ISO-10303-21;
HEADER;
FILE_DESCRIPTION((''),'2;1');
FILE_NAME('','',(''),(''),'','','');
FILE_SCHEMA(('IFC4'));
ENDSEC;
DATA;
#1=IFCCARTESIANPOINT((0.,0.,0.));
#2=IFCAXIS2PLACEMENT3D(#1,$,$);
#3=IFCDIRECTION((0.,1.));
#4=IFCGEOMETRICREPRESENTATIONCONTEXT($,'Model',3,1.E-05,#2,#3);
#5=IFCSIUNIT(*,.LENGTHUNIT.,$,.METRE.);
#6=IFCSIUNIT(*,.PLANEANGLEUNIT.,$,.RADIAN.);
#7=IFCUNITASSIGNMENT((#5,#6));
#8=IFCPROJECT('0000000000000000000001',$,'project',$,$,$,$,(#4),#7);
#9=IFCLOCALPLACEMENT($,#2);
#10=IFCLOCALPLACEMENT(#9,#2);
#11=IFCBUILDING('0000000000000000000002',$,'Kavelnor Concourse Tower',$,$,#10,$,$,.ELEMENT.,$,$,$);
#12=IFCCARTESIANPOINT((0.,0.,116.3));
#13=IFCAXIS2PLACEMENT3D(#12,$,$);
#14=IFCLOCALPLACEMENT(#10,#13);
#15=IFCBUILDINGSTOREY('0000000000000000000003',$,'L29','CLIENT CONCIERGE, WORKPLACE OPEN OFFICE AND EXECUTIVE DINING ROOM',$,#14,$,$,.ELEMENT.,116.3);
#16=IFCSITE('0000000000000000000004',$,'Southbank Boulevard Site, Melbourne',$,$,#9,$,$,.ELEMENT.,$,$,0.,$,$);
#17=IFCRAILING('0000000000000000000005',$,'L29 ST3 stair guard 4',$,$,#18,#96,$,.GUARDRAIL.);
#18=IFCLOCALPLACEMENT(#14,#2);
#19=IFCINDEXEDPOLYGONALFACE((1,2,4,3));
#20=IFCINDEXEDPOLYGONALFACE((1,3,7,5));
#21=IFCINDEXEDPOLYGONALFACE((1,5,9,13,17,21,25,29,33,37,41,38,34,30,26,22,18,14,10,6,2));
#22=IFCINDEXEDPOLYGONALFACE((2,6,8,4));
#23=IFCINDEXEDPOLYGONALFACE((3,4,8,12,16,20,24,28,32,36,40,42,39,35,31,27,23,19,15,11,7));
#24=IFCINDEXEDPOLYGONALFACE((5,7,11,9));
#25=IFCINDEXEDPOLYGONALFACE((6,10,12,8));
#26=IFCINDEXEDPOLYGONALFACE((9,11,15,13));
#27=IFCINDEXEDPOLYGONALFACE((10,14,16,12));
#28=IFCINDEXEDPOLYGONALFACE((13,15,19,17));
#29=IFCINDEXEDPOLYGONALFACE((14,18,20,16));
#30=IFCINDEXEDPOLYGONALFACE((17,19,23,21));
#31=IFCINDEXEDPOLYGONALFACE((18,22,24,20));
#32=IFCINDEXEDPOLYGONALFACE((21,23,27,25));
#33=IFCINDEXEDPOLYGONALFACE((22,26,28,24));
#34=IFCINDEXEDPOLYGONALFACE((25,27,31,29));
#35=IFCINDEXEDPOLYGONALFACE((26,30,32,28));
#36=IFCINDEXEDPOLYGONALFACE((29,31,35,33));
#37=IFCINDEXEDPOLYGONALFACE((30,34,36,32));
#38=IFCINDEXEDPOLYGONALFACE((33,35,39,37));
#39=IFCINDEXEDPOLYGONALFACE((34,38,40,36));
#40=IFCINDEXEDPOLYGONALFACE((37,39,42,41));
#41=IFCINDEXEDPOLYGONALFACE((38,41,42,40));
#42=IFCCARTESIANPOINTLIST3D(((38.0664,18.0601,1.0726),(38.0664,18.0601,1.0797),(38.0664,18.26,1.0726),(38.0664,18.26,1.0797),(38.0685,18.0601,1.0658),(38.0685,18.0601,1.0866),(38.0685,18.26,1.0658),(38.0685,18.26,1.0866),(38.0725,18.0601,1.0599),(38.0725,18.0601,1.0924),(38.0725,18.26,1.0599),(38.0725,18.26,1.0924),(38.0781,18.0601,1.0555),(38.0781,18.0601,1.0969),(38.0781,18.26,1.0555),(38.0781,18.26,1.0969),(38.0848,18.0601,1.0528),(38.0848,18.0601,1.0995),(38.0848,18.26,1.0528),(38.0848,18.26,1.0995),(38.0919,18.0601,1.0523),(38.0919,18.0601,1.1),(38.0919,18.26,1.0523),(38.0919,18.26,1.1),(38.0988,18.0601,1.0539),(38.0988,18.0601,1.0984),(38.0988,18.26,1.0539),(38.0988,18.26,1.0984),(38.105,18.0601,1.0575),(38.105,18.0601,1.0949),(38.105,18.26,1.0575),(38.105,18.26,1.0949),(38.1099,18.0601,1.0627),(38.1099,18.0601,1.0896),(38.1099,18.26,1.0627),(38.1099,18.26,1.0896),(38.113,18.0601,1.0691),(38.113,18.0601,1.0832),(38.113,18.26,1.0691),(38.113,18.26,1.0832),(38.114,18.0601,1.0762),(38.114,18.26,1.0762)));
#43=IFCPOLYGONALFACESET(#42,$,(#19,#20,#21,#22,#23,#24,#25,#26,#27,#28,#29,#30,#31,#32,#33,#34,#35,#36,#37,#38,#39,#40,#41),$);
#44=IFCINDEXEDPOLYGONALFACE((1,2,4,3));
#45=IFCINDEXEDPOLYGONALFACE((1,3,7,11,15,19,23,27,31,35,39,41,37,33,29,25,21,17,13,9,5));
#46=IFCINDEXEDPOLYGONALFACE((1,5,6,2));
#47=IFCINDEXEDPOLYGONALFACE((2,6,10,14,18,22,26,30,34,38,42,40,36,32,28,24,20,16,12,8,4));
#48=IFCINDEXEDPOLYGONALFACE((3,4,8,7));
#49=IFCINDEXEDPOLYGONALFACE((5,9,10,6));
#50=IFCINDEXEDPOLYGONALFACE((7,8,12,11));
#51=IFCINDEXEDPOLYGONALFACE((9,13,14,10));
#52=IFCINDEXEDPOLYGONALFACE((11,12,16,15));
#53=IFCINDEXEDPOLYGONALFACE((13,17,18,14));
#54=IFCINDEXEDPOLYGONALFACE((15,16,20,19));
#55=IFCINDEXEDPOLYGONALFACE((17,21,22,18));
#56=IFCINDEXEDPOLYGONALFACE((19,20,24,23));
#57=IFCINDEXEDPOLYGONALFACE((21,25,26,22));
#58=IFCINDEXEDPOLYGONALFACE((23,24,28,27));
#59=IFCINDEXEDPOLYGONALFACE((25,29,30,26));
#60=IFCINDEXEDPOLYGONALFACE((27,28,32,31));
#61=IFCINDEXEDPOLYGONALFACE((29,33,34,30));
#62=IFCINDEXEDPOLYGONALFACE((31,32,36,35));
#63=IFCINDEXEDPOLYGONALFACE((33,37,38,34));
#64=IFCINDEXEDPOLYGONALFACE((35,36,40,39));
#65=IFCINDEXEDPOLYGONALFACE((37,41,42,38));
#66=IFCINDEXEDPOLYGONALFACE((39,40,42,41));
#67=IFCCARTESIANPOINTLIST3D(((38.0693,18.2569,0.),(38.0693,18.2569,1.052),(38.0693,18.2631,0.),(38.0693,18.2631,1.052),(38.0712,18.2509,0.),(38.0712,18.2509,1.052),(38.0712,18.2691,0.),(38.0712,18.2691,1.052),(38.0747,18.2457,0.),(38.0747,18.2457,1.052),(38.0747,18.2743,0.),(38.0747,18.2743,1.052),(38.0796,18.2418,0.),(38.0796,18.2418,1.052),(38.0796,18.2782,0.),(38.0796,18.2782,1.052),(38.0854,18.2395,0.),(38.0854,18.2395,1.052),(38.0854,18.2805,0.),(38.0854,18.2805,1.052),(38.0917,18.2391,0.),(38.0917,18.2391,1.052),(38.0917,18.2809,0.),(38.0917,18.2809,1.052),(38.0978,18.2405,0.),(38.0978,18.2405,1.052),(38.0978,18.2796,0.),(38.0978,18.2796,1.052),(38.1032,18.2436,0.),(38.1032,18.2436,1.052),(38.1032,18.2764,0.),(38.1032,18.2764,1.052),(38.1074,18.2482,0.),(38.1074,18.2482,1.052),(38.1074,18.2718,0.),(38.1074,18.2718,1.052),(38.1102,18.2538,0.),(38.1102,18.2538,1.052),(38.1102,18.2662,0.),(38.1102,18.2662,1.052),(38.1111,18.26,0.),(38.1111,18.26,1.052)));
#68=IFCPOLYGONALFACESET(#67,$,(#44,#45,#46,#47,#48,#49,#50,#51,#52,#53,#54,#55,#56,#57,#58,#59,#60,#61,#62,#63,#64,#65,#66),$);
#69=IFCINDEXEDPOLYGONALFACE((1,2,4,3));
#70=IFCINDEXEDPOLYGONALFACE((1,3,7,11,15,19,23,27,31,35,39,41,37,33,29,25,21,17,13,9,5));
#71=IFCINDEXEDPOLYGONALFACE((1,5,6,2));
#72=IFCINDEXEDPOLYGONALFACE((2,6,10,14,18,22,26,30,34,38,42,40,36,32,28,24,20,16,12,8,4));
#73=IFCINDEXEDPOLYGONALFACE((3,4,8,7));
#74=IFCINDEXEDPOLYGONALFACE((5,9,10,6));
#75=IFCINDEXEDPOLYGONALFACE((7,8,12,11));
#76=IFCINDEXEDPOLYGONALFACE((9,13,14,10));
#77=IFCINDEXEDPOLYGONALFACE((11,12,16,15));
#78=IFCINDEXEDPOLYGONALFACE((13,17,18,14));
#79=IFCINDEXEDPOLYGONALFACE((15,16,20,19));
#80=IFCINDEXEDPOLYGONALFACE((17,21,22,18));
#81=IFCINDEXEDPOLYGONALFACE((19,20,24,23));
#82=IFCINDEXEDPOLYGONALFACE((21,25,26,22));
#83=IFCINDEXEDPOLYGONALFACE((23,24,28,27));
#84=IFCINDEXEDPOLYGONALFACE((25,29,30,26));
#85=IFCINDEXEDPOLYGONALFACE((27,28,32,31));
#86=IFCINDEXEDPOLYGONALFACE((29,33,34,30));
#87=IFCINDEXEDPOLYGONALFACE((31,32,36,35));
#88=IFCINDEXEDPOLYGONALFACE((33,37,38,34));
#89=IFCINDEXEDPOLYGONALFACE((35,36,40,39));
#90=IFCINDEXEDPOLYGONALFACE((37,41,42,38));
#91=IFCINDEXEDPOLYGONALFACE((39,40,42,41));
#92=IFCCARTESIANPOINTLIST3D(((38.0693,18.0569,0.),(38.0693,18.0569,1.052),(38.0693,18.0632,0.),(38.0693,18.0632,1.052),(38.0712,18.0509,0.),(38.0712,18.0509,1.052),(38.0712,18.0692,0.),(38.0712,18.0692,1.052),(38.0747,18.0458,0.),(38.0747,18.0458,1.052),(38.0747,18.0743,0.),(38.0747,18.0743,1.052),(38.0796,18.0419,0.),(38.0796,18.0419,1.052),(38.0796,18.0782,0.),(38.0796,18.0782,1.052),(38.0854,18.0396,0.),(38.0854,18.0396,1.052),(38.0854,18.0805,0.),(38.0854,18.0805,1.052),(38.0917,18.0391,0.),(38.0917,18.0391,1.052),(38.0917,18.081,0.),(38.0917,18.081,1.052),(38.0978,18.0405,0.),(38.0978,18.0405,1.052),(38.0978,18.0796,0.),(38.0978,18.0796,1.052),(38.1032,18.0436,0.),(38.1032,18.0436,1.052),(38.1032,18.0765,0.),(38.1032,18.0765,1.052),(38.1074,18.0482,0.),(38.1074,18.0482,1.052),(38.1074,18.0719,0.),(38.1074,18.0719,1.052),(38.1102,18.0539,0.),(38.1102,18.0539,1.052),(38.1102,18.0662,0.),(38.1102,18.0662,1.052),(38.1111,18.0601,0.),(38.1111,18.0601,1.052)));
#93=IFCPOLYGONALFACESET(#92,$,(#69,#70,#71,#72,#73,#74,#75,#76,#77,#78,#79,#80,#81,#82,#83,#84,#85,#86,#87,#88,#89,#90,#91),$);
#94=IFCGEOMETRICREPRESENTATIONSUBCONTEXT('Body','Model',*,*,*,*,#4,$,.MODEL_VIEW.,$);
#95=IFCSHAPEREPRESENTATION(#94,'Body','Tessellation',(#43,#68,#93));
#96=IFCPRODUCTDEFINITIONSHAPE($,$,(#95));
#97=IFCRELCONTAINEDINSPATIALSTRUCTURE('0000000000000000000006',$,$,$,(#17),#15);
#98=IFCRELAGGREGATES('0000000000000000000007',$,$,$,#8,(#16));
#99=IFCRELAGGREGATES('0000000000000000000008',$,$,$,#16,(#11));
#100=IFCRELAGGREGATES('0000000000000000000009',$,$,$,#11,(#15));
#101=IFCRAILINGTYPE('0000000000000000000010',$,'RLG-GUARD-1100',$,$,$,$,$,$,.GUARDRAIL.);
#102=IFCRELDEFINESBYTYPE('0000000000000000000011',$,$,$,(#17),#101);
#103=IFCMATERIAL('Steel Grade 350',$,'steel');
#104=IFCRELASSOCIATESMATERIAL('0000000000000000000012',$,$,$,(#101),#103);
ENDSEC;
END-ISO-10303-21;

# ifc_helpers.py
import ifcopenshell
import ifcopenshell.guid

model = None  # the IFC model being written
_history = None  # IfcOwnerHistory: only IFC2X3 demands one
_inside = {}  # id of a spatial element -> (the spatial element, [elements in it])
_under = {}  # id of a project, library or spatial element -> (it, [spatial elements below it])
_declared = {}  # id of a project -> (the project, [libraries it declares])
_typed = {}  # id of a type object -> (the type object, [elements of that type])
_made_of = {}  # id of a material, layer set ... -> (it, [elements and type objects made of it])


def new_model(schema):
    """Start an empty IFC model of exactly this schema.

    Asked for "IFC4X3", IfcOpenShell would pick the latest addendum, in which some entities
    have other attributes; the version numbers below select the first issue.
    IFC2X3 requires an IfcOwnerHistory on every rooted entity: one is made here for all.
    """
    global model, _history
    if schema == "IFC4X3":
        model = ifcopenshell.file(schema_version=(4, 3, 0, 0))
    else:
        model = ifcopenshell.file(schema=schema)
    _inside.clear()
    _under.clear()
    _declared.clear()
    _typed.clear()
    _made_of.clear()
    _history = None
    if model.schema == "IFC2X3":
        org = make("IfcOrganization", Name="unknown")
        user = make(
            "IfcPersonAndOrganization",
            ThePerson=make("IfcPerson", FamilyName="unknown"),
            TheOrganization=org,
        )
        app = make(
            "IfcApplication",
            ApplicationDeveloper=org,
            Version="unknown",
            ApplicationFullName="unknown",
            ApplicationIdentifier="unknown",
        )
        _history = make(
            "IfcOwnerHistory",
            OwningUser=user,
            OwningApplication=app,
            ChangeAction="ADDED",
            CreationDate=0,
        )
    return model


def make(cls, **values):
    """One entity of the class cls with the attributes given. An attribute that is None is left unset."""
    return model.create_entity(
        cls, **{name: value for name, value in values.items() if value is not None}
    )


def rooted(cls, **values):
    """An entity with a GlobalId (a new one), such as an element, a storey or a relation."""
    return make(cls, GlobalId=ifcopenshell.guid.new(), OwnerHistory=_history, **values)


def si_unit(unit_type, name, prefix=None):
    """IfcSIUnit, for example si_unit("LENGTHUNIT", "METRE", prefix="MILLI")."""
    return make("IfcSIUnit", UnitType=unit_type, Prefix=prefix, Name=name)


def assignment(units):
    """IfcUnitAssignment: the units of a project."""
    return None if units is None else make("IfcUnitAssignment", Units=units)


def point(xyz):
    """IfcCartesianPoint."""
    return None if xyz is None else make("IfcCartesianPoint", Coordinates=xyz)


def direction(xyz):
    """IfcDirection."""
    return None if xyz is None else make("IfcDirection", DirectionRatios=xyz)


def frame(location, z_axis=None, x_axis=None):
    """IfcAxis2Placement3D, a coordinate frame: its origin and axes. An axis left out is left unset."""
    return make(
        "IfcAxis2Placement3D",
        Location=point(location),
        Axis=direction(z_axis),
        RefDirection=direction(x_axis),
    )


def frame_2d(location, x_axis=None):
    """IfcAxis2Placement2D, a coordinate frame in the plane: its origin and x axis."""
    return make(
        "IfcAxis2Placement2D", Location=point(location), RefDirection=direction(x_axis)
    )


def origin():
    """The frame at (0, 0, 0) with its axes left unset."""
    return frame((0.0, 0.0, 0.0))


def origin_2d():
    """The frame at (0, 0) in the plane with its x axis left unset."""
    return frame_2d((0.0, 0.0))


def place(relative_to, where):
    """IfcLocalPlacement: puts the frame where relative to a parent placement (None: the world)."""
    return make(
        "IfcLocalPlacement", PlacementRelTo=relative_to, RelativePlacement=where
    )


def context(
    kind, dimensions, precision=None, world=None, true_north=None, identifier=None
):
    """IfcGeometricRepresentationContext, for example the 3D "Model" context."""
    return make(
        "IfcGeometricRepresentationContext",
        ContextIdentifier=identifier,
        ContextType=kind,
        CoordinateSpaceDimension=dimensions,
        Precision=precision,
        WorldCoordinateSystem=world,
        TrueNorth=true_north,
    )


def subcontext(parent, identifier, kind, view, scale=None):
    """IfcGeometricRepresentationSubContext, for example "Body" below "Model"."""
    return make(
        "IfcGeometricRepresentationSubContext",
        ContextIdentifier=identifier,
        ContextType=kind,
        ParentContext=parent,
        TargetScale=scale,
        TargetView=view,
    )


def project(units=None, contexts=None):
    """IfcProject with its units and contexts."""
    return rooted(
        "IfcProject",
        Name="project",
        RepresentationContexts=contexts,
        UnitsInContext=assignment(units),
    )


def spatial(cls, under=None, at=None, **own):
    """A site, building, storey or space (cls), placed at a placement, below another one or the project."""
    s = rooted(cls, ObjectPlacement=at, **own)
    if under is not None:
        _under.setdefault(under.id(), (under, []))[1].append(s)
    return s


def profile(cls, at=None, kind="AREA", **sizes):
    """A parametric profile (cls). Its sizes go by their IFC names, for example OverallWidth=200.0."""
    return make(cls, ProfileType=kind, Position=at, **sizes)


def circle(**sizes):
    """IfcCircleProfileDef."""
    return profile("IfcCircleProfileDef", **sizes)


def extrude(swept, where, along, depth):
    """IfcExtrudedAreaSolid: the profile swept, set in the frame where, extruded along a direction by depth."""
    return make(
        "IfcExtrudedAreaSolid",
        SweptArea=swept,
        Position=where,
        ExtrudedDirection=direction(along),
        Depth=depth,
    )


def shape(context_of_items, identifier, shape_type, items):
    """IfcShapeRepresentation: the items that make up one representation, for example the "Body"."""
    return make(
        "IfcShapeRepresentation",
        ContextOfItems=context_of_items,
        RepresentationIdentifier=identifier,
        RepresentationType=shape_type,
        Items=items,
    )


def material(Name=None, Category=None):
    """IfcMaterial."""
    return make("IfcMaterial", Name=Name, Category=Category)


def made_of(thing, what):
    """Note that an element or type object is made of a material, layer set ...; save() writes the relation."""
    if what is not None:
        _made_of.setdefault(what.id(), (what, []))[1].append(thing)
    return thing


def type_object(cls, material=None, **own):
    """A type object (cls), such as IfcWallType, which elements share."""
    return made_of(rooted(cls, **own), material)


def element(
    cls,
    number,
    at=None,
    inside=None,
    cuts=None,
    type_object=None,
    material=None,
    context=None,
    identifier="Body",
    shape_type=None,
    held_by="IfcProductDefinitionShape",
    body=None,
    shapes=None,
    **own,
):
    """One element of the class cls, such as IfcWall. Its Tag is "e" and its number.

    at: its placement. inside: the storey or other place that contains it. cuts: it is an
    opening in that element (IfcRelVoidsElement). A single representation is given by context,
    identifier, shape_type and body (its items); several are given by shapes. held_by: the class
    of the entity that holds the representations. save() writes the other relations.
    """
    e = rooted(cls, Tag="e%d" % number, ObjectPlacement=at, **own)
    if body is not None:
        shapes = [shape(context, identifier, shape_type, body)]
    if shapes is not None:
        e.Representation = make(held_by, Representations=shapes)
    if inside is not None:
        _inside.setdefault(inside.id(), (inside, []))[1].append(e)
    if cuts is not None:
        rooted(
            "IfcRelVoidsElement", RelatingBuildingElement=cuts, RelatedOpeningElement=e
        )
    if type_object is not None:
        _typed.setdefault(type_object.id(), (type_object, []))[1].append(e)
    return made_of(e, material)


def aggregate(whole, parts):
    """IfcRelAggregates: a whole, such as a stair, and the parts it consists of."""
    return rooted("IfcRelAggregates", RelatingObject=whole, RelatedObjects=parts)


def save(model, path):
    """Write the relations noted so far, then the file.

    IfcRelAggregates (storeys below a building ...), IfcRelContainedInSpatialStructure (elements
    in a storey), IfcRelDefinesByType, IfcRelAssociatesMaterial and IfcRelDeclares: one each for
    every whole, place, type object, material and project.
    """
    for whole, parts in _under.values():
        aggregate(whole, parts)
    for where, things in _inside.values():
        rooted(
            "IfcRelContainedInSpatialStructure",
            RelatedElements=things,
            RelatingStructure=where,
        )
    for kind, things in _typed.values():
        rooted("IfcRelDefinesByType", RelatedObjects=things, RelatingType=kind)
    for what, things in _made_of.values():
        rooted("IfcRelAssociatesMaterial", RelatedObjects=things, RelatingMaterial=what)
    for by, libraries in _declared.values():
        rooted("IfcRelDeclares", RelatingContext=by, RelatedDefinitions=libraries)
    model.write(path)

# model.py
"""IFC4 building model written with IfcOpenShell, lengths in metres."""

from ifc_helpers import new_model, si_unit, direction, frame, origin, origin_2d, place, context, subcontext, project, spatial, circle, extrude, material, type_object, element, save


model = new_model("IFC4")

# Units and contexts
model_context = context("Model", 3, precision=1e-05, world=origin(), true_north=direction((0.0, 1.0)))
body_context = subcontext(model_context, "Body", "Model", "MODEL_VIEW")
ifc_project = project(units=[si_unit("LENGTHUNIT", "METRE"), si_unit("PLANEANGLEUNIT", "RADIAN")], contexts=[model_context])

# Site, building, storey
site_placement = place(None, origin())
site = spatial("IfcSite", under=ifc_project, at=site_placement, Name="Southbank Boulevard Site, Melbourne", CompositionType="ELEMENT", RefElevation=0.0)
building_placement = place(site_placement, origin())
building = spatial("IfcBuilding", under=site, at=building_placement, Name="Kavelnor Concourse Tower", CompositionType="ELEMENT")
storey_placement = place(building_placement, frame((0.0, 0.0, 116.3)))
storey = spatial("IfcBuildingStorey", under=building, at=storey_placement, Name="L29", Description="CLIENT CONCIERGE, WORKPLACE OPEN OFFICE AND EXECUTIVE DINING ROOM", CompositionType="ELEMENT", Elevation=116.3)

# Shared definitions
ifc_material_1 = material(Name="Steel Grade 350", Category="steel")

# Railing
railing_type_1 = type_object("IfcRailingType", Name="RLG-GUARD-1100", PredefinedType="GUARDRAIL", material=ifc_material_1)
railing_1_placement = place(storey_placement, frame((38.0901, 18.26, 0.0)))
element("IfcRailing", 1, at=railing_1_placement, inside=storey, type_object=railing_type_1, Name="L29 ST3 stair guard 4", PredefinedType="GUARDRAIL", context=body_context, shape_type="SweptSolid", body=[
    extrude(circle(Radius=0.0239, at=origin_2d()), frame((0.0, 0.0, 1.0762), z_axis=(0.0, -1.0, 0.0), x_axis=(1.0, 0.0, 0.0)), (0.0, 0.0, 1.0), 0.2),
    extrude(circle(Radius=0.021, at=origin_2d()), origin(), (0.0, 0.0, 1.0), 1.052),
    extrude(circle(Radius=0.021, at=origin_2d()), frame((0.0, -0.2, 0.0)), (0.0, 0.0, 1.0), 1.052),
])

save(model, "model.ifc")
